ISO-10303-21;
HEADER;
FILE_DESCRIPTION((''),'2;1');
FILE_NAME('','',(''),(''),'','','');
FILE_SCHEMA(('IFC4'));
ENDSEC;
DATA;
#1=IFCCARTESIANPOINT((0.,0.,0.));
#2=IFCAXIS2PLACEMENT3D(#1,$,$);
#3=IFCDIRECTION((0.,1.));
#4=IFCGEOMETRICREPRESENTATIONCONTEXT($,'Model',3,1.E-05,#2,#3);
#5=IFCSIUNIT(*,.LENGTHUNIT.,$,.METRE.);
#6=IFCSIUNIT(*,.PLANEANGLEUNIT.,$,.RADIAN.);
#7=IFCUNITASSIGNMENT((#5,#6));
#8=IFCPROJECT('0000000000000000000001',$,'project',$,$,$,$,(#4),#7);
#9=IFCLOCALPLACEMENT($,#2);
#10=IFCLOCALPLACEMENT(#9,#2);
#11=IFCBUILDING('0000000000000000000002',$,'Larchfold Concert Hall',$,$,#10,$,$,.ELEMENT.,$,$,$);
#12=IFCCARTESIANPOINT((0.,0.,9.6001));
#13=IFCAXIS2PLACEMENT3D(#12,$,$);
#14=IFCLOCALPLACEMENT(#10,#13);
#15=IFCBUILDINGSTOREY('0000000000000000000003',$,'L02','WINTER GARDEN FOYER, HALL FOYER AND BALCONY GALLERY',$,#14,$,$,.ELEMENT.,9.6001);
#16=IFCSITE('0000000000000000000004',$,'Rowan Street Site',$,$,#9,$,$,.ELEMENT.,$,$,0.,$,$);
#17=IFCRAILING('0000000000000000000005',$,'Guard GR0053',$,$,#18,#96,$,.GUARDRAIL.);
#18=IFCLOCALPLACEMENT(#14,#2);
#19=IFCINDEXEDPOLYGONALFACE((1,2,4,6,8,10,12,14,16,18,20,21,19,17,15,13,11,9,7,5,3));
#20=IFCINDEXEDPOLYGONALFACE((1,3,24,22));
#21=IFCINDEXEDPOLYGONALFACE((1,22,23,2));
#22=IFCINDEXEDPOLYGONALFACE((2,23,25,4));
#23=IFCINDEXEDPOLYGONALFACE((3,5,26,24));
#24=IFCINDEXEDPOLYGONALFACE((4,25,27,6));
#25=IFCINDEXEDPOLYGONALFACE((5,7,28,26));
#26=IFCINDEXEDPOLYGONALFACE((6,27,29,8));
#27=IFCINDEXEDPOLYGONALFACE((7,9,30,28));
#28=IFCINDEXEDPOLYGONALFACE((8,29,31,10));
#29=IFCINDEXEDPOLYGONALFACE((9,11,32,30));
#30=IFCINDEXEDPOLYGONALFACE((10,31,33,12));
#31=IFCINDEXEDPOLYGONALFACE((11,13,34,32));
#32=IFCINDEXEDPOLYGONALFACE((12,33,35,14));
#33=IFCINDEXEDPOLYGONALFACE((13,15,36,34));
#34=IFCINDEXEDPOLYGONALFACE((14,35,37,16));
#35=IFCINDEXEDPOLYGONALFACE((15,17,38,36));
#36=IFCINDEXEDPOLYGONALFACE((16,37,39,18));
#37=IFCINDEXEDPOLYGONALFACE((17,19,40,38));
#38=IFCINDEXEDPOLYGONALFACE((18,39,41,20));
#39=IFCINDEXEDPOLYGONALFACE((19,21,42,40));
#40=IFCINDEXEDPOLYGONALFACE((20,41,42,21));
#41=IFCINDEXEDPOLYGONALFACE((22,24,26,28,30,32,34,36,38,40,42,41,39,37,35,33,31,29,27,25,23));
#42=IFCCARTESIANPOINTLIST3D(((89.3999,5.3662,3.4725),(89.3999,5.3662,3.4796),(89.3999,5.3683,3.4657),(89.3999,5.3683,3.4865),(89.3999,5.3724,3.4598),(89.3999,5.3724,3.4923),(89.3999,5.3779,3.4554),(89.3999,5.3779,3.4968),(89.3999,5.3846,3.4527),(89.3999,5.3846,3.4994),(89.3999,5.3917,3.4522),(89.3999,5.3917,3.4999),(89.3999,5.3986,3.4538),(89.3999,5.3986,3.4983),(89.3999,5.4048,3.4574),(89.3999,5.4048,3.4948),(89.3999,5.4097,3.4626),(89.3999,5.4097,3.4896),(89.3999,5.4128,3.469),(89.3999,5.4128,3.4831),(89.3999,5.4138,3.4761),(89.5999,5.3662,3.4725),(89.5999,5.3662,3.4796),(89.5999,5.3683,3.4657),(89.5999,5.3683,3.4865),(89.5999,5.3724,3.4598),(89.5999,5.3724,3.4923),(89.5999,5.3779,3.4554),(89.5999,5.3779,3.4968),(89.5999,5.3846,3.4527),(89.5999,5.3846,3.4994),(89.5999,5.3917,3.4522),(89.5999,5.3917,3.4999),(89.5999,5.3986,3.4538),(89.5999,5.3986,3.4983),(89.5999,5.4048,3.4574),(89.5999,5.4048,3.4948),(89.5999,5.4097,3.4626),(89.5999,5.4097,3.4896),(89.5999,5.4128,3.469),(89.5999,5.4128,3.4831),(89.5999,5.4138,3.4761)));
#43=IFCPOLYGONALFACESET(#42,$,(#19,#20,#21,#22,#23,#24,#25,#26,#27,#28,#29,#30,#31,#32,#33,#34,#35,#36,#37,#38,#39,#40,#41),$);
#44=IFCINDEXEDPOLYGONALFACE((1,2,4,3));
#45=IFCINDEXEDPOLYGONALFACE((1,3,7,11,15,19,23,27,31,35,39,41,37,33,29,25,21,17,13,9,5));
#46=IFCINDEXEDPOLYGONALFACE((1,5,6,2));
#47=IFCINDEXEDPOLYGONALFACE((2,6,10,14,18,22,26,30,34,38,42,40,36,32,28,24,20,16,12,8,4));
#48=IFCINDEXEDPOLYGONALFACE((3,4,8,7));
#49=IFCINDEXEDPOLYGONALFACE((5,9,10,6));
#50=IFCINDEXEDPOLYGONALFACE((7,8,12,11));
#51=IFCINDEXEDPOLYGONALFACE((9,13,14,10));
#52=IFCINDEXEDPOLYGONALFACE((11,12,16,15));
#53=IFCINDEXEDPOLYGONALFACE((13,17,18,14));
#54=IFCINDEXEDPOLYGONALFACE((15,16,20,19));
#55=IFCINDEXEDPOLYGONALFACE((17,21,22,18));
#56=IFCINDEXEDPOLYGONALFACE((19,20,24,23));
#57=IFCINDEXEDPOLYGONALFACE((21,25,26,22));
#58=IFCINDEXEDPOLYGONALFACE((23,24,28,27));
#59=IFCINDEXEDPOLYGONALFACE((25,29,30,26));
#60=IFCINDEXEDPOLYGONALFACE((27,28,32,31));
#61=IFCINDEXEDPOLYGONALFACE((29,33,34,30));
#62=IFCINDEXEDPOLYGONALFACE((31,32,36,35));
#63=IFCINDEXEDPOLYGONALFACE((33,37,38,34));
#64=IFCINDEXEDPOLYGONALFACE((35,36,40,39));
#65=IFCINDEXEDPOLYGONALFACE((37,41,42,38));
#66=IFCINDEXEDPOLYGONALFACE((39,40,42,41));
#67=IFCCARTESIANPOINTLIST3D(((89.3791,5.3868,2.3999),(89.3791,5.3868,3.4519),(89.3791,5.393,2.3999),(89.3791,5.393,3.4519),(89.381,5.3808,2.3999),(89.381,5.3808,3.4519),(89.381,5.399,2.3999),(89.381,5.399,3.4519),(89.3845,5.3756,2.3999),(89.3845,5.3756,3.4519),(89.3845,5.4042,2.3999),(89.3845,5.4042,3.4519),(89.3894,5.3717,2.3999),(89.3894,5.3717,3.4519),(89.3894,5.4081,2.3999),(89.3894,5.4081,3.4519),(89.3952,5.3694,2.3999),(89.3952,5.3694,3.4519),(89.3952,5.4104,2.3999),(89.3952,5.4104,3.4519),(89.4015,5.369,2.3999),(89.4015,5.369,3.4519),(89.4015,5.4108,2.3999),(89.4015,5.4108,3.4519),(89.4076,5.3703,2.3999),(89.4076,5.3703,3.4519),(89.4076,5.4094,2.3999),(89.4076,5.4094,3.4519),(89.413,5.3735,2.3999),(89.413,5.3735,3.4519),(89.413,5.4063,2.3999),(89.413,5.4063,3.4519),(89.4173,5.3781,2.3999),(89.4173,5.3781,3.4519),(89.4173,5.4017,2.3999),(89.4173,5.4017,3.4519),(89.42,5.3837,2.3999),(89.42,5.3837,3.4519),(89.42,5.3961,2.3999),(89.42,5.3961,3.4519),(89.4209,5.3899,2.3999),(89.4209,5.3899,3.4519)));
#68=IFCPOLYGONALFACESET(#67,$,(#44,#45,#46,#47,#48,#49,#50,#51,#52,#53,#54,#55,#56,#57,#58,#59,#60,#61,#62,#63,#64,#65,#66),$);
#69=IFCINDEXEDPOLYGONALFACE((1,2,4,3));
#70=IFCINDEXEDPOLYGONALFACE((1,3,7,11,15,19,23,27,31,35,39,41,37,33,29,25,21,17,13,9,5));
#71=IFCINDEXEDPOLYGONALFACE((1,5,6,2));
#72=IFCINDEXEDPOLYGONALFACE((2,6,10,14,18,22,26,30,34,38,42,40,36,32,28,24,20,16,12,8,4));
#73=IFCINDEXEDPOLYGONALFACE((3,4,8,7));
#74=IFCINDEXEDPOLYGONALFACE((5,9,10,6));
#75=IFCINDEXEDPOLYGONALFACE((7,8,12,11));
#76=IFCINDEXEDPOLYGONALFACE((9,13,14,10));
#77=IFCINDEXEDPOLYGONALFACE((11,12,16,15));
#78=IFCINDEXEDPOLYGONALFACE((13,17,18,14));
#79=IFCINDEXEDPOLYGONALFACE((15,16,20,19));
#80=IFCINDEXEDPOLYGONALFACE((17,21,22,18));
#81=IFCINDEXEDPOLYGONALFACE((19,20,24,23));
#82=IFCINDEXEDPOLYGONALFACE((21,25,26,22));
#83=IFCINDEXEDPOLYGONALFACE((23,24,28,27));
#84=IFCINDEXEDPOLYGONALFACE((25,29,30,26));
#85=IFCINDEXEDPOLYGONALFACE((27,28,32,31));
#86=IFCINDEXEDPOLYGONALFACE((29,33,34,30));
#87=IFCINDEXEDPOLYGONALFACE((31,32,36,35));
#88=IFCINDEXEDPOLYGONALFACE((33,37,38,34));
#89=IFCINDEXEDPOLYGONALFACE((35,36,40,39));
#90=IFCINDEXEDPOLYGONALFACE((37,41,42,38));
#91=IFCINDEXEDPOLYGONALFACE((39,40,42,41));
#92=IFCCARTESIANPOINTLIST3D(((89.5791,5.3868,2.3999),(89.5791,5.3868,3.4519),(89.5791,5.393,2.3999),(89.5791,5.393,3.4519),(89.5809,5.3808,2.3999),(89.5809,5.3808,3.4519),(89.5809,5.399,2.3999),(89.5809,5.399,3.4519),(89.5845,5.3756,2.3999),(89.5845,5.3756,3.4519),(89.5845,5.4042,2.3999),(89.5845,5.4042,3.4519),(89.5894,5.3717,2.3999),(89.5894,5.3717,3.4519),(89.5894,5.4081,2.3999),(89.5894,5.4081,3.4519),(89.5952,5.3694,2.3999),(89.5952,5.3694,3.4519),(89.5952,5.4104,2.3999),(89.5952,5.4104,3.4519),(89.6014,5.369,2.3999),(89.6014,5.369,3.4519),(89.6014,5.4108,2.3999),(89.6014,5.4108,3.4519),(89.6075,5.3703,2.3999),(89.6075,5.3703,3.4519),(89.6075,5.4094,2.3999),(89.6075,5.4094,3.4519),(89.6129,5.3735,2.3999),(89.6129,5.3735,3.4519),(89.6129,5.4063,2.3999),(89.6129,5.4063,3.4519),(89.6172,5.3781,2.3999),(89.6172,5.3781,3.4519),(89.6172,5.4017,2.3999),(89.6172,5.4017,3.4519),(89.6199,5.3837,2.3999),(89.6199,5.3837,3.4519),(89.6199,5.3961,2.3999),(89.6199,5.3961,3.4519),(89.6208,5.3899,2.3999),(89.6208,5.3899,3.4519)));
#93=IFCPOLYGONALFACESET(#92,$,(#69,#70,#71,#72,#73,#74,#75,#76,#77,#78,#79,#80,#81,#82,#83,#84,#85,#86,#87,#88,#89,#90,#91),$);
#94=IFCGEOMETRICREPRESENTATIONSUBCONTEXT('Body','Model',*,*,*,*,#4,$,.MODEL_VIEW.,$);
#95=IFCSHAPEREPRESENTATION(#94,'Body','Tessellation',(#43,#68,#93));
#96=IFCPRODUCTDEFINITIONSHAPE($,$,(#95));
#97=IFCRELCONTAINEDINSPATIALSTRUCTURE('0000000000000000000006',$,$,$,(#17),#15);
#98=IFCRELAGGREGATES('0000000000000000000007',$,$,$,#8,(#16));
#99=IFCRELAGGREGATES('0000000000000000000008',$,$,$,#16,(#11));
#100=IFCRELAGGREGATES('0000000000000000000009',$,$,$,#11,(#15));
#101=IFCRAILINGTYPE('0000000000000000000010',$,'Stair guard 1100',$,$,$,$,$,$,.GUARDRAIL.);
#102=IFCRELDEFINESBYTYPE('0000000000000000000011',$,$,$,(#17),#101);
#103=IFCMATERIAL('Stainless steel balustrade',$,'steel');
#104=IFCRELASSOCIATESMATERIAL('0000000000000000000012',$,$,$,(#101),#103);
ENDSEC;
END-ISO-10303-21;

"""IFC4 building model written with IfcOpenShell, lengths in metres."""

from ifc_helpers import new_model, si_unit, direction, frame, origin, origin_2d, place, context, subcontext, project, spatial, circle, extrude, material, type_object, element, save


model = new_model("IFC4")

# Units and contexts
model_context = context("Model", 3, precision=1e-05, world=origin(), true_north=direction((0.0, 1.0)))
body_context = subcontext(model_context, "Body", "Model", "MODEL_VIEW")
ifc_project = project(units=[si_unit("LENGTHUNIT", "METRE"), si_unit("PLANEANGLEUNIT", "RADIAN")], contexts=[model_context])

# Site, building, storey
site_placement = place(None, origin())
site = spatial("IfcSite", under=ifc_project, at=site_placement, Name="Rowan Street Site", CompositionType="ELEMENT", RefElevation=0.0)
building_placement = place(site_placement, origin())
building = spatial("IfcBuilding", under=site, at=building_placement, Name="Larchfold Concert Hall", CompositionType="ELEMENT")
storey_placement = place(building_placement, frame((0.0, 0.0, 9.6001)))
storey = spatial("IfcBuildingStorey", under=building, at=storey_placement, Name="L02", Description="WINTER GARDEN FOYER, HALL FOYER AND BALCONY GALLERY", CompositionType="ELEMENT", Elevation=9.6001)

# Railing
ifc_material_1 = material(Name="Stainless steel balustrade", Category="steel")
railing_type_1 = type_object("IfcRailingType", Name="Stair guard 1100", PredefinedType="GUARDRAIL", material=ifc_material_1)
railing_1_placement = place(storey_placement, frame((89.3999, 5.3899, 2.3999)))
element("IfcRailing", 1, at=railing_1_placement, inside=storey, type_object=railing_type_1, Name="Guard GR0053", PredefinedType="GUARDRAIL", context=body_context, shape_type="SweptSolid", body=[
    extrude(circle(Radius=0.0239, at=origin_2d()), frame((0.0, 0.0, 1.0762), z_axis=(1.0, 0.0, 0.0), x_axis=(0.0, 1.0, 0.0)), (0.0, 0.0, 1.0), 0.2),
    extrude(circle(Radius=0.021, at=origin_2d()), origin(), (0.0, 0.0, 1.0), 1.052),
    extrude(circle(Radius=0.021, at=origin_2d()), frame((0.2, 0.0, 0.0)), (0.0, 0.0, 1.0), 1.052),
])

save(model, "model.ifc")
